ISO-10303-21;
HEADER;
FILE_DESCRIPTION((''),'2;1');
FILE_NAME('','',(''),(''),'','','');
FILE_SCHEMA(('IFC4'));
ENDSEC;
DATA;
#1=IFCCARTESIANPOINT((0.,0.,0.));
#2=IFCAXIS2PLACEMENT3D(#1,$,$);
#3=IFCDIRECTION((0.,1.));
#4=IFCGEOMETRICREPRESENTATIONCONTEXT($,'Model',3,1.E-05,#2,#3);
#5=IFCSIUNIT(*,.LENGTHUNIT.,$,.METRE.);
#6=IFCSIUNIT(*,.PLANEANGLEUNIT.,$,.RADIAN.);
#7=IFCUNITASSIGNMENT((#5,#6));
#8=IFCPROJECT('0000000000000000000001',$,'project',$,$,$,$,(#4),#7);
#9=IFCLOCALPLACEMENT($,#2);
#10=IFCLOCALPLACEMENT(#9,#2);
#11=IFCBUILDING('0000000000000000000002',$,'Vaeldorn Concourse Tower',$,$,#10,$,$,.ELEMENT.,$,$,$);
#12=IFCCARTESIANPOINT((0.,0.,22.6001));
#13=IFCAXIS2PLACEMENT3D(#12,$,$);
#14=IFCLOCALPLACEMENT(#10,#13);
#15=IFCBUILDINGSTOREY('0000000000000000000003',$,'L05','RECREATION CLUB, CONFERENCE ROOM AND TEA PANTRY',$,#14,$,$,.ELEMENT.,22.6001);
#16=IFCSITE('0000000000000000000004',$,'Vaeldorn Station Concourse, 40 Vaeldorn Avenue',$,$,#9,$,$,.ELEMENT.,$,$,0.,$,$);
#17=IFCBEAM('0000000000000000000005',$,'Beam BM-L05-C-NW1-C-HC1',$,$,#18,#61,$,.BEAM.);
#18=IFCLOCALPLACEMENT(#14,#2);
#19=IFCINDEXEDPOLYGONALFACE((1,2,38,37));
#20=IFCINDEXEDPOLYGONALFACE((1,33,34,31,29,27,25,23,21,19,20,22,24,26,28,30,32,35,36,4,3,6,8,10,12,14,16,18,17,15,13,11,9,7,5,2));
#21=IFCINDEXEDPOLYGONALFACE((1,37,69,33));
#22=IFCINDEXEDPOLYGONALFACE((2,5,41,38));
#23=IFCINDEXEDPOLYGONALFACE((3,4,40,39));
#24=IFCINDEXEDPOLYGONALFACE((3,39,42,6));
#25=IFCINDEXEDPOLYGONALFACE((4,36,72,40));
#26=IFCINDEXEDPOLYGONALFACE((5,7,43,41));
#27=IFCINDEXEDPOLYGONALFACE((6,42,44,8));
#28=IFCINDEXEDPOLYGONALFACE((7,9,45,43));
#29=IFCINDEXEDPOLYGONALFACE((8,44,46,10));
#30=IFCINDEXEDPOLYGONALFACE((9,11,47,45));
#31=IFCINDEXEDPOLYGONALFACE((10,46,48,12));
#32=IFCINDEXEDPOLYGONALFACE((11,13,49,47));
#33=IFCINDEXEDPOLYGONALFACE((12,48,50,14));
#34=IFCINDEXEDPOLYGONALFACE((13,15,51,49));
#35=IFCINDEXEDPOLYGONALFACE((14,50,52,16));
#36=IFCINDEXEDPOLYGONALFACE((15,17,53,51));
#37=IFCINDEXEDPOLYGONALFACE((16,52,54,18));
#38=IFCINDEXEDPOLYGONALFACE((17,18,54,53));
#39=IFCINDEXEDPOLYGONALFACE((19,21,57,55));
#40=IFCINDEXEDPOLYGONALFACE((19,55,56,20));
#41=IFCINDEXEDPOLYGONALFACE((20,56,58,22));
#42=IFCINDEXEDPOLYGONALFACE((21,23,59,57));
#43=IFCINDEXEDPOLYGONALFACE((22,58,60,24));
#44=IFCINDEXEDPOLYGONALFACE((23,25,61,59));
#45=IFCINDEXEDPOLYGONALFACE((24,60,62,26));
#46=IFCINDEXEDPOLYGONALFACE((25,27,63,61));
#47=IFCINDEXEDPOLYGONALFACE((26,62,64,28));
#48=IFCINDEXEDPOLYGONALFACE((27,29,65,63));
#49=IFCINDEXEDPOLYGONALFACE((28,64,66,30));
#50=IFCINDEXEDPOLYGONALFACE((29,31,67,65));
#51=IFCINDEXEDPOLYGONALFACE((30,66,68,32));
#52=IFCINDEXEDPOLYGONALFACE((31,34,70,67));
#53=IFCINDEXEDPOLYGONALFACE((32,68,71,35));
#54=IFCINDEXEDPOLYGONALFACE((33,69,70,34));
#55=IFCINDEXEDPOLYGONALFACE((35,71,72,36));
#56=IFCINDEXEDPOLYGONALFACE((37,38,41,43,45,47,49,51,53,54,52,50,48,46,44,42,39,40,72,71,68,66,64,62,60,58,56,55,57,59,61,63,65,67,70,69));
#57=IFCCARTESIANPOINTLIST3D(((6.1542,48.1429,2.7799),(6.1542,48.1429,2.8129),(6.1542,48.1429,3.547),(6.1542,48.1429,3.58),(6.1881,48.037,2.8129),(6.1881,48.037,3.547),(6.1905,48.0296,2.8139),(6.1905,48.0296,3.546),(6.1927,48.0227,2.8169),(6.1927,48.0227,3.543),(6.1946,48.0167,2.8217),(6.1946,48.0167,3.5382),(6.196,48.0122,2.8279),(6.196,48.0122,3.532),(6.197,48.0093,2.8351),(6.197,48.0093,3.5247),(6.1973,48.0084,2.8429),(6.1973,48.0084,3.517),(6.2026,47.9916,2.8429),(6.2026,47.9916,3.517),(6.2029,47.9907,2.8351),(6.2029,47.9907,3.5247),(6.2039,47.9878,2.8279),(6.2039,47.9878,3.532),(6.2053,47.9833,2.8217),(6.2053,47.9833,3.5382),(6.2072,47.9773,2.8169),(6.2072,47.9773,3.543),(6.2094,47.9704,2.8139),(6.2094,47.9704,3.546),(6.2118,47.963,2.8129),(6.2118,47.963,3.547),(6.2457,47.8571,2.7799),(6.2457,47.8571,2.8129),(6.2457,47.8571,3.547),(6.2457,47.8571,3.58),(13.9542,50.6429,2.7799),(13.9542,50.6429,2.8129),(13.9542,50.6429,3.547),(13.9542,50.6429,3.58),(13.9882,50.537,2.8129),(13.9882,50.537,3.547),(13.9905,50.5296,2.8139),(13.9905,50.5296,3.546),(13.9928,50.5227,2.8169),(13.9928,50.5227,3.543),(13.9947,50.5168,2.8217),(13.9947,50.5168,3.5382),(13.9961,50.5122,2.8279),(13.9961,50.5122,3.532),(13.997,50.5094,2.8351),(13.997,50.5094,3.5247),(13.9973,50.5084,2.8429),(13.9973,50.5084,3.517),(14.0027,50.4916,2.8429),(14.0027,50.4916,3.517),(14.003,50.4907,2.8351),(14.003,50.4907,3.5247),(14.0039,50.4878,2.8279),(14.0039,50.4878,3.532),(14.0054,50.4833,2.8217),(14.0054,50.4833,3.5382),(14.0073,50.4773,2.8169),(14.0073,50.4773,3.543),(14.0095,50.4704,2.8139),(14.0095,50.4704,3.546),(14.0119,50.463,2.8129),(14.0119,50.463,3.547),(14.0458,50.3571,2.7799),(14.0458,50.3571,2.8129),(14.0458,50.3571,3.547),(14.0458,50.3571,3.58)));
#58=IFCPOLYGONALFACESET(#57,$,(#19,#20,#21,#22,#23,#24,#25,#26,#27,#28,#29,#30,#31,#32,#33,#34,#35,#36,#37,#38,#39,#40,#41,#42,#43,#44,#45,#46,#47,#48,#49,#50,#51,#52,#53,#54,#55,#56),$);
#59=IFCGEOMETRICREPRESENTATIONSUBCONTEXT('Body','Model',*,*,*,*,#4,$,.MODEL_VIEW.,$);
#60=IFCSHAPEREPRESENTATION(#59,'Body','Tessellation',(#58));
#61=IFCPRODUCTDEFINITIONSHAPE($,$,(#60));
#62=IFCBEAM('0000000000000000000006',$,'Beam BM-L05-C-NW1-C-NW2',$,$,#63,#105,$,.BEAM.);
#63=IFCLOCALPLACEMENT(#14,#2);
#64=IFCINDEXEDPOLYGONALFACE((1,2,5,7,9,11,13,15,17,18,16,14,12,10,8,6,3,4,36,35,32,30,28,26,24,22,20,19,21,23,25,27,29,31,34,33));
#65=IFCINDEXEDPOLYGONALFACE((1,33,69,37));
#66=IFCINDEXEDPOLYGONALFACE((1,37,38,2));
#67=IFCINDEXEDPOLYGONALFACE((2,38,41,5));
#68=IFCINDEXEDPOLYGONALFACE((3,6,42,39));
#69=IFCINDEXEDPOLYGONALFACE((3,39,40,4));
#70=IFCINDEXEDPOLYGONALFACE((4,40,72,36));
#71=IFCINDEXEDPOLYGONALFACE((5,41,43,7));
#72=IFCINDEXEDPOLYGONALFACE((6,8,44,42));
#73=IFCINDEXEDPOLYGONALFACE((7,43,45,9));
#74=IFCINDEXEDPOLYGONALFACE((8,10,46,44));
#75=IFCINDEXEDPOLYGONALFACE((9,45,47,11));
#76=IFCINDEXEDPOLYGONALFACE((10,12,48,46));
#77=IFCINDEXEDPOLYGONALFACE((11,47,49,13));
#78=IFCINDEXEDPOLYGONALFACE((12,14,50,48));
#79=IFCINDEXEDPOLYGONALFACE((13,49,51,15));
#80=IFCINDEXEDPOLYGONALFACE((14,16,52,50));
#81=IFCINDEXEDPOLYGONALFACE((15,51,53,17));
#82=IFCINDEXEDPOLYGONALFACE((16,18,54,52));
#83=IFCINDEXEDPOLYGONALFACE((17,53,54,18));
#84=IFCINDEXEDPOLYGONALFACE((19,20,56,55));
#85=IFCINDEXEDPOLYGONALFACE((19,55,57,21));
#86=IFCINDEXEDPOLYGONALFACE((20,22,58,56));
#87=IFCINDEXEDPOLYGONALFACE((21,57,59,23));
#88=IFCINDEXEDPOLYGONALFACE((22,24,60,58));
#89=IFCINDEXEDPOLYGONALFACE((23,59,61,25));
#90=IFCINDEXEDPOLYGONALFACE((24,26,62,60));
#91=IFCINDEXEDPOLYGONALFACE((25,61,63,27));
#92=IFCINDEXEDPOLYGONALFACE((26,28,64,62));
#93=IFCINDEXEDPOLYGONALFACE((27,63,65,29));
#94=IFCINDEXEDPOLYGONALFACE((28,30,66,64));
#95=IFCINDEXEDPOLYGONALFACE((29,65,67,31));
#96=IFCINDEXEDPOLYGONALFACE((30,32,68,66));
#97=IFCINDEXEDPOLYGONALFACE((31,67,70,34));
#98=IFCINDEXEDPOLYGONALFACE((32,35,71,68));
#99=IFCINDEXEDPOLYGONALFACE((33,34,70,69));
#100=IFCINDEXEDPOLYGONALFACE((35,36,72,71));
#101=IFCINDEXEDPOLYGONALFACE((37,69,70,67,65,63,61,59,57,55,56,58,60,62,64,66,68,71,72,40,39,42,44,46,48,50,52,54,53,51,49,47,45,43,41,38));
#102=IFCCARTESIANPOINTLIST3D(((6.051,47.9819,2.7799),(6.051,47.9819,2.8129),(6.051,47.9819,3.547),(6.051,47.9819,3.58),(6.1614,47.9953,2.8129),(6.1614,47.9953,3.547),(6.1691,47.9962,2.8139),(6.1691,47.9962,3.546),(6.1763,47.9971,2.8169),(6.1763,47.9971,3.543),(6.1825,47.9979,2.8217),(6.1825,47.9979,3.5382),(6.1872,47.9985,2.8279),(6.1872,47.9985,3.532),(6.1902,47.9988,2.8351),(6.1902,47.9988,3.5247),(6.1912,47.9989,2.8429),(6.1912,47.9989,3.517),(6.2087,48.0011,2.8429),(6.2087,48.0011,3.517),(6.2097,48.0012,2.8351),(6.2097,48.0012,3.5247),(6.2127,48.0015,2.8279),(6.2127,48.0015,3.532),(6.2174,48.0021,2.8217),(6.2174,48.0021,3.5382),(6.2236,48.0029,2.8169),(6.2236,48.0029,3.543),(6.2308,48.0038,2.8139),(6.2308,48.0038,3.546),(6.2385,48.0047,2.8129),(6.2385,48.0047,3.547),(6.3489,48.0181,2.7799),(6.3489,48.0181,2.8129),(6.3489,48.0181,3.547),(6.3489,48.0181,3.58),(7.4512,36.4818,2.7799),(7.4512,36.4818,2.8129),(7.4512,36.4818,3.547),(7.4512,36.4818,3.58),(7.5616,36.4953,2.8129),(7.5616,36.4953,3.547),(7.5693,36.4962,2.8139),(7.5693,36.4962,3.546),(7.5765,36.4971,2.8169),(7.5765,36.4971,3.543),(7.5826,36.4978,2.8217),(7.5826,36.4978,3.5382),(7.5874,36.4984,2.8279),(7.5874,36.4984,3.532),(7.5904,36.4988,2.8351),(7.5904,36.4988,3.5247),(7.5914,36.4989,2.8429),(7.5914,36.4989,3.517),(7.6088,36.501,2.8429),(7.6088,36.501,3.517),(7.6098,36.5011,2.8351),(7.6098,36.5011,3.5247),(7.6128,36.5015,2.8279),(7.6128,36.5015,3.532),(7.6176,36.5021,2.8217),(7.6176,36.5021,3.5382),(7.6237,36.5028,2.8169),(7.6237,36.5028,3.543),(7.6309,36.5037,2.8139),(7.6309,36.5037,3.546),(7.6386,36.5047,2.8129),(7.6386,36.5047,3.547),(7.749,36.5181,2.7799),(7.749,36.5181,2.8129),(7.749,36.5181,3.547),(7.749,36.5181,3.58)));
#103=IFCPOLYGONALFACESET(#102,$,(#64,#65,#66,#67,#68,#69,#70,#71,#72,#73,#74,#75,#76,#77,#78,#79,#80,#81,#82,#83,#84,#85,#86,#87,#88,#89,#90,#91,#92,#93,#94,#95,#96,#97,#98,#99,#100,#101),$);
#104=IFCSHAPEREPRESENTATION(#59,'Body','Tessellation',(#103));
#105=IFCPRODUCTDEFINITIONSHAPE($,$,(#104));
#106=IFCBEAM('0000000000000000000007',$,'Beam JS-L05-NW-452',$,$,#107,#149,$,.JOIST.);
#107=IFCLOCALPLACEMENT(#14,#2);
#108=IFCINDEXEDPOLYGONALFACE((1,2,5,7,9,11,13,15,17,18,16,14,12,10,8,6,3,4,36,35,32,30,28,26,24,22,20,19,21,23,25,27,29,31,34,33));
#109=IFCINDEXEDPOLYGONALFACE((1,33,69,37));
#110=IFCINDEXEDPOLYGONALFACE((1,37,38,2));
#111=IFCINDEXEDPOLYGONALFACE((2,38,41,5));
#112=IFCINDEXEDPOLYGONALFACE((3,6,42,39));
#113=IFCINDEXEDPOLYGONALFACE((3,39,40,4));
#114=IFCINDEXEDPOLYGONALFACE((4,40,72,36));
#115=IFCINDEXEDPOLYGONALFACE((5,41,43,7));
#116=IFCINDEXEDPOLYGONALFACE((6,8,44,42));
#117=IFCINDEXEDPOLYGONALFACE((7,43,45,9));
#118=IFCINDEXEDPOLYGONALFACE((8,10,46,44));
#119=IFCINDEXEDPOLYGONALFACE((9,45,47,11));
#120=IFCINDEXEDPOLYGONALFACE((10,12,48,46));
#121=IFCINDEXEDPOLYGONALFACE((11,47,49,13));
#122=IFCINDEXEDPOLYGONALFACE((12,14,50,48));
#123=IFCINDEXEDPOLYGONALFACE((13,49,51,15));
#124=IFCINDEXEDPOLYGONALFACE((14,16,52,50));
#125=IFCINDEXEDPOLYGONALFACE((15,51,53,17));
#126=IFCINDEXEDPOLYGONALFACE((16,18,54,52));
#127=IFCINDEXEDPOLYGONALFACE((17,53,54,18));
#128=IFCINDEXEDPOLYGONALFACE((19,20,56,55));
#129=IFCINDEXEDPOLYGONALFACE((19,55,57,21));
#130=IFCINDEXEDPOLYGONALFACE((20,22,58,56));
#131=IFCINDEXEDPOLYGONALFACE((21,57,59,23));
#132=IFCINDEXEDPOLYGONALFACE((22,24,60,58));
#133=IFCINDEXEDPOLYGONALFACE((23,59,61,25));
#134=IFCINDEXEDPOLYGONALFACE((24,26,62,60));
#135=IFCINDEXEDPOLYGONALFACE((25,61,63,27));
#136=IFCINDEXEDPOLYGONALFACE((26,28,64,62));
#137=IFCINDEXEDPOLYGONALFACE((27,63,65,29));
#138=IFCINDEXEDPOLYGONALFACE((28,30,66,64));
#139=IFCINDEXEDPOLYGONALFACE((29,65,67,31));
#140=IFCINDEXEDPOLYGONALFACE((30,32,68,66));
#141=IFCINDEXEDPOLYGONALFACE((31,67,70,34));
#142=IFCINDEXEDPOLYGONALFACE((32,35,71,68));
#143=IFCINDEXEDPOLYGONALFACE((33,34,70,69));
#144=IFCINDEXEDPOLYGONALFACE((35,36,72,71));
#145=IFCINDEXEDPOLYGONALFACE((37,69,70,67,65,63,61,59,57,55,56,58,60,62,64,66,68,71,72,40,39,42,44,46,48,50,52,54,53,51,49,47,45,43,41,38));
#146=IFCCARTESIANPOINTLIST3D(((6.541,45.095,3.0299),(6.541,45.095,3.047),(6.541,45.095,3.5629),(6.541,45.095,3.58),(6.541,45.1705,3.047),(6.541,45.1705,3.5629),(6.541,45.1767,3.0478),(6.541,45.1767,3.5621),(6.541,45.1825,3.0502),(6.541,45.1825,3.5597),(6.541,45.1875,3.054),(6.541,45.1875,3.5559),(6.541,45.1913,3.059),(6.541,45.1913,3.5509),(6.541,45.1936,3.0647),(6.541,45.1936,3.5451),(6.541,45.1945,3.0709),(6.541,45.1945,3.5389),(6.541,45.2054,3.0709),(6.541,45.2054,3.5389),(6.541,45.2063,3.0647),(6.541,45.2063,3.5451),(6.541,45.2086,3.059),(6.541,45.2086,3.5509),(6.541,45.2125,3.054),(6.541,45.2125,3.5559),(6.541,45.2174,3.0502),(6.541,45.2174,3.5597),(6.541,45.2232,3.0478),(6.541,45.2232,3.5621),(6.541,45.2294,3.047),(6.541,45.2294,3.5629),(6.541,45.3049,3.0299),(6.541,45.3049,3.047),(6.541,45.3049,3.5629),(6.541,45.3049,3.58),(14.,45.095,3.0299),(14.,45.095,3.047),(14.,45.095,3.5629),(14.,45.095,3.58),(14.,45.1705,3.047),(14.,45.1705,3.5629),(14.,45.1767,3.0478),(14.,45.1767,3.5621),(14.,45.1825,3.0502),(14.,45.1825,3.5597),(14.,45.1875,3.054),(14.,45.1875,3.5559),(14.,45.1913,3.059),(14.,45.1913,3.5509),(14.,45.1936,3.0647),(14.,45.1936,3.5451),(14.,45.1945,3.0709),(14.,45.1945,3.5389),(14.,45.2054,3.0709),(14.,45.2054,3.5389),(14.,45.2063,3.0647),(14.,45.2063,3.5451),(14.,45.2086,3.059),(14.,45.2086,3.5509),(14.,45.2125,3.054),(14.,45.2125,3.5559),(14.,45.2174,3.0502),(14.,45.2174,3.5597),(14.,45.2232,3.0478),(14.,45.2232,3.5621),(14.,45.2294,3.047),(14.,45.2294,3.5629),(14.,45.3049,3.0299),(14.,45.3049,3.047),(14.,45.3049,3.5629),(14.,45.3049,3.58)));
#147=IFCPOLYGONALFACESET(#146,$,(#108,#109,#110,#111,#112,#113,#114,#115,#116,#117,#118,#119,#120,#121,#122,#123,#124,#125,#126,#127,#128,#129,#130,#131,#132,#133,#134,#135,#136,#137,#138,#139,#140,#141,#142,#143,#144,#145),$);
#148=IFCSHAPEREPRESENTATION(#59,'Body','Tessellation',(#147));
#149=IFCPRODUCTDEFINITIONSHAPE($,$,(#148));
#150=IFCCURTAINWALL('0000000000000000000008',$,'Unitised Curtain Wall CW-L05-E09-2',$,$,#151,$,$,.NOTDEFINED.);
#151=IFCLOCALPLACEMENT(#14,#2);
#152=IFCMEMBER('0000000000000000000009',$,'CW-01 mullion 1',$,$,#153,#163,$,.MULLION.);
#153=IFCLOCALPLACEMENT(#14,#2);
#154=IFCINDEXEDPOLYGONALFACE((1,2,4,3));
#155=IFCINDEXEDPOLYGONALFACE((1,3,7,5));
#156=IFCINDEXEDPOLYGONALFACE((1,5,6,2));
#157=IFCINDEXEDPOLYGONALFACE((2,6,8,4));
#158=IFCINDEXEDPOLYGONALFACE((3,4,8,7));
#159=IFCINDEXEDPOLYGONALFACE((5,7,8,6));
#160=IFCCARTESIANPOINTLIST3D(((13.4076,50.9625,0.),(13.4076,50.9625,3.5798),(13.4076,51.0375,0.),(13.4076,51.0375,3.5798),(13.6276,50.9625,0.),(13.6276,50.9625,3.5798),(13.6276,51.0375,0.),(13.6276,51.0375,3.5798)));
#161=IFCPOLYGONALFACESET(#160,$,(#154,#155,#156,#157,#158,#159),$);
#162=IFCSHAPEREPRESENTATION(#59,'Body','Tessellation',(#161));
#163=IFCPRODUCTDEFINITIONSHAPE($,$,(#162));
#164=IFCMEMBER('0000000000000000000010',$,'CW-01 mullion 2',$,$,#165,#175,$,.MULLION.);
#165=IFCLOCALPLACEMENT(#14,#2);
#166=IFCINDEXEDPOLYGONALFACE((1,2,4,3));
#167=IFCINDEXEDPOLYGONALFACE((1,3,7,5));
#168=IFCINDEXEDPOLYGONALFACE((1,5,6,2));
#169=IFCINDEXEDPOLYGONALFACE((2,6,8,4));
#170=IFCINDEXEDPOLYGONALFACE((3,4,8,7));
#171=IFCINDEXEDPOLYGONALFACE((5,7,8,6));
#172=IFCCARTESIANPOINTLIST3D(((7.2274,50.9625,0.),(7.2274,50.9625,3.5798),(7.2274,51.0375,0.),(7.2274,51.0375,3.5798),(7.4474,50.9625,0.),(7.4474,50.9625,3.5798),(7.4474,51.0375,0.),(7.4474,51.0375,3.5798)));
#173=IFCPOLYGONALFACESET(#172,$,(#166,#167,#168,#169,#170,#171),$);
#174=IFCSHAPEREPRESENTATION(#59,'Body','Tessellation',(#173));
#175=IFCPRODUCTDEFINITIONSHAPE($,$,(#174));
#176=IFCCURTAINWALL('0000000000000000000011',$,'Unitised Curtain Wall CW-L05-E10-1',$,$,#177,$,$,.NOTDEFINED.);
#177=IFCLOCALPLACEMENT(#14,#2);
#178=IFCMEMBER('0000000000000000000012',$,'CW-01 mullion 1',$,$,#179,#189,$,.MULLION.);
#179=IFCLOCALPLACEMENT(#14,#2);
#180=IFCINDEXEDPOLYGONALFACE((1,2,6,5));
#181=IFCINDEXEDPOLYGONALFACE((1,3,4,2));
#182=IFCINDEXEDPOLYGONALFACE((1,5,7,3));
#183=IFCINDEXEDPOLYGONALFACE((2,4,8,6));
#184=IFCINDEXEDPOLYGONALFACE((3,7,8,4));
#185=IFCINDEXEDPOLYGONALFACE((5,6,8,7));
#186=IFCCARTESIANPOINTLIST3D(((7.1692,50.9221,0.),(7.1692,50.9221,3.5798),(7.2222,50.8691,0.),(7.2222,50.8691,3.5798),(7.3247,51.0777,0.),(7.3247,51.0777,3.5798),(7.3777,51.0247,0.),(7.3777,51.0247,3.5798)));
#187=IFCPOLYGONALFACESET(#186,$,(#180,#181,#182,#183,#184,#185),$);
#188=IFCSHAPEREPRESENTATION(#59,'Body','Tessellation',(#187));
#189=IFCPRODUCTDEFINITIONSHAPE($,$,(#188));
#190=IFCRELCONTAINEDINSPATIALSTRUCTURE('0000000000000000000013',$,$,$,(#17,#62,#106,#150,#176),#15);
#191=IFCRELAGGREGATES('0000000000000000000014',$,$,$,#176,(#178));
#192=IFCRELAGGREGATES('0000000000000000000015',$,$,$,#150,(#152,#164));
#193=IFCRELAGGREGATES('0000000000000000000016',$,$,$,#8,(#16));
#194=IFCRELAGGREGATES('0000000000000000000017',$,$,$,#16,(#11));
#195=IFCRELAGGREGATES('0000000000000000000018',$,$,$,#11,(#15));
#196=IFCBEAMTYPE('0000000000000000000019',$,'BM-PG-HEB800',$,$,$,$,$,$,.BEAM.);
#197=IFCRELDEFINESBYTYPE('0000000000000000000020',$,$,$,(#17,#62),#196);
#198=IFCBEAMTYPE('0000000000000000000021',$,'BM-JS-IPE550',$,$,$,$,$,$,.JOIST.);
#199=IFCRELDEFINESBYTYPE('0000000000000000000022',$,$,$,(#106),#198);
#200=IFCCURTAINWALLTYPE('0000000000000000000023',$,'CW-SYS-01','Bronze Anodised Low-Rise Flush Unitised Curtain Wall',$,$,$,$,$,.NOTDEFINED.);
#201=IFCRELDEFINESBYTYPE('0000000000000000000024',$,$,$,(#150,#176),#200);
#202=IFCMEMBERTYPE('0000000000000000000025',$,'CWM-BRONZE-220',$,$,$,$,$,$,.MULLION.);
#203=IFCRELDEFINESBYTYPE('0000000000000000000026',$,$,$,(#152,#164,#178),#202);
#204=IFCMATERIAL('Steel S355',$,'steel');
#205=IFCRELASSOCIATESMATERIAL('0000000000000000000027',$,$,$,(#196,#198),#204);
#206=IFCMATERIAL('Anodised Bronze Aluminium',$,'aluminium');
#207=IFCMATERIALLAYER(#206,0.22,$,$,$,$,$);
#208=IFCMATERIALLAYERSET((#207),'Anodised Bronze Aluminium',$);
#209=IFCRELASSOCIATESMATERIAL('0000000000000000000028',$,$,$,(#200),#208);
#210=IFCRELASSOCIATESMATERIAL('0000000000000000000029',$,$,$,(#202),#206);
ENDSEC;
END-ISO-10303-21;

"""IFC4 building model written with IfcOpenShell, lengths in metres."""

from ifc_helpers import new_model, si_unit, direction, frame, origin, origin_2d, place, context, subcontext, project, spatial, rectangle, i_section, extrude, source, transform, mapped, material, layer, layer_set, material_profile, profile_set, type_object, element, aggregate, save


model = new_model("IFC4")

# Units and contexts
model_context = context("Model", 3, precision=1e-05, world=origin(), true_north=direction((0.0, 1.0)))
body_context = subcontext(model_context, "Body", "Model", "MODEL_VIEW")
ifc_project = project(units=[si_unit("LENGTHUNIT", "METRE"), si_unit("PLANEANGLEUNIT", "RADIAN")], contexts=[model_context])

# Site, building, storey
site_placement = place(None, origin())
site = spatial("IfcSite", under=ifc_project, at=site_placement, Name="Vaeldorn Station Concourse, 40 Vaeldorn Avenue", CompositionType="ELEMENT", RefElevation=0.0)
building_placement = place(site_placement, origin())
building = spatial("IfcBuilding", under=site, at=building_placement, Name="Vaeldorn Concourse Tower", CompositionType="ELEMENT")
storey_placement = place(building_placement, frame((0.0, 0.0, 22.6001)))
storey = spatial("IfcBuildingStorey", under=building, at=storey_placement, Name="L05", Description="RECREATION CLUB, CONFERENCE ROOM AND TEA PANTRY", CompositionType="ELEMENT", Elevation=22.6001)

# Beams
ifc_material_1 = material(Name="Steel S355", Category="steel")
ifc_material_profile_1 = material_profile(ifc_material_1, i_section(OverallWidth=0.3, OverallDepth=0.8, WebThickness=0.0176, FlangeThickness=0.033, FilletRadius=0.03, at=origin_2d()), Name="HEB 800")
ifc_profile_set_1 = profile_set([ifc_material_profile_1], Name="Steel S355")
beam_type_1 = type_object("IfcBeamType", Name="BM-PG-HEB800", PredefinedType="BEAM", material=ifc_profile_set_1)
shared_shape_1 = source(origin(), body_context, "Body", "SweptSolid", [
    extrude(i_section(OverallWidth=0.3, OverallDepth=0.8, WebThickness=0.0176, FlangeThickness=0.033, FilletRadius=0.03, at=origin_2d()), origin(), (0.0, 0.0, 1.0), 8.1909),
])
beam_1_placement = place(storey_placement, frame((6.2, 48.0, 3.1799), z_axis=(0.952283, 0.305217, 0.0), x_axis=(-0.305217, 0.952283, 0.0)))
element("IfcBeam", 1, at=beam_1_placement, inside=storey, type_object=beam_type_1, Name="Beam BM-L05-C-NW1-C-HC1", PredefinedType="BEAM", context=body_context, shape_type="MappedRepresentation", body=[
    mapped(shared_shape_1, transform((0.0, 0.0, 0.0), scale=1.0)),
])
shared_shape_2 = source(origin(), body_context, "Body", "SweptSolid", [
    extrude(i_section(OverallWidth=0.3, OverallDepth=0.8, WebThickness=0.0176, FlangeThickness=0.033, FilletRadius=0.03, at=origin_2d()), origin(), (0.0, 0.0, 1.0), 11.585),
])
beam_2_placement = place(storey_placement, frame((6.2, 48.0, 3.1799), z_axis=(0.120859, -0.99267, 0.0), x_axis=(0.99267, 0.120859, 0.0)))
element("IfcBeam", 2, at=beam_2_placement, inside=storey, type_object=beam_type_1, Name="Beam BM-L05-C-NW1-C-NW2", PredefinedType="BEAM", context=body_context, shape_type="MappedRepresentation", body=[
    mapped(shared_shape_2, transform((0.0, 0.0, 0.0), scale=1.0)),
])
ifc_material_profile_2 = material_profile(ifc_material_1, i_section(OverallWidth=0.21, OverallDepth=0.55, WebThickness=0.011, FlangeThickness=0.0171, FilletRadius=0.0239, at=origin_2d()), Name="IPE 550")
ifc_profile_set_2 = profile_set([ifc_material_profile_2], Name="Steel S355")
beam_type_2 = type_object("IfcBeamType", Name="BM-JS-IPE550", PredefinedType="JOIST", material=ifc_profile_set_2)
shared_shape_3 = source(origin(), body_context, "Body", "SweptSolid", [
    extrude(i_section(OverallWidth=0.21, OverallDepth=0.55, WebThickness=0.011, FlangeThickness=0.0171, FilletRadius=0.0239, at=origin_2d()), origin(), (0.0, 0.0, 1.0), 7.459),
])
beam_3_placement = place(storey_placement, frame((6.541, 45.2, 3.3049), z_axis=(1.0, 0.0, 0.0), x_axis=(0.0, 1.0, 0.0)))
element("IfcBeam", 3, at=beam_3_placement, inside=storey, type_object=beam_type_2, Name="Beam JS-L05-NW-452", PredefinedType="JOIST", context=body_context, shape_type="MappedRepresentation", body=[
    mapped(shared_shape_3, transform((0.0, 0.0, 0.0), scale=1.0)),
])

# Curtain walls, members
ifc_material_2 = material(Name="Anodised Bronze Aluminium", Category="aluminium")
ifc_layer_1 = layer(ifc_material_2, 0.22)
ifc_layer_set_1 = layer_set([ifc_layer_1], Name="Anodised Bronze Aluminium")
curtain_wall_type = type_object("IfcCurtainWallType", Name="CW-SYS-01", Description="Bronze Anodised Low-Rise Flush Unitised Curtain Wall", PredefinedType="NOTDEFINED", material=ifc_layer_set_1)
curtain_wall_1_placement = place(storey_placement, origin())
curtain_wall_1 = element("IfcCurtainWall", 4, at=curtain_wall_1_placement, inside=storey, type_object=curtain_wall_type, Name="Unitised Curtain Wall CW-L05-E09-2", PredefinedType="NOTDEFINED")
ifc_material_profile_3 = material_profile(ifc_material_2, rectangle(XDim=0.075, YDim=0.22, at=origin_2d()), Name="CWM 75x220")
ifc_profile_set_3 = profile_set([ifc_material_profile_3], Name="Anodised Bronze Aluminium")
member_type_1 = type_object("IfcMemberType", Name="CWM-BRONZE-220", PredefinedType="MULLION", material=ifc_profile_set_3)
shared_shape_4 = source(origin(), body_context, "Body", "SweptSolid", [
    extrude(rectangle(XDim=0.075, YDim=0.22, at=origin_2d()), origin(), (0.0, 0.0, 1.0), 3.5798),
])
member_1_placement = place(storey_placement, frame((13.5176, 51.0, 0.0), z_axis=(0.0, 0.0, 1.0), x_axis=(0.0, -1.0, 0.0)))
member_1 = element("IfcMember", 5, at=member_1_placement, type_object=member_type_1, Name="CW-01 mullion 1", PredefinedType="MULLION", context=body_context, shape_type="MappedRepresentation", body=[
    mapped(shared_shape_4, transform((0.0, 0.0, 0.0), scale=1.0)),
])
member_2_placement = place(storey_placement, frame((7.3374, 51.0, 0.0), z_axis=(0.0, 0.0, 1.0), x_axis=(0.0, -1.0, 0.0)))
member_2 = element("IfcMember", 6, at=member_2_placement, type_object=member_type_1, Name="CW-01 mullion 2", PredefinedType="MULLION", context=body_context, shape_type="MappedRepresentation", body=[
    mapped(shared_shape_4, transform((0.0, 0.0, 0.0), scale=1.0)),
])
curtain_wall_2_placement = place(storey_placement, origin())
curtain_wall_2 = element("IfcCurtainWall", 7, at=curtain_wall_2_placement, inside=storey, type_object=curtain_wall_type, Name="Unitised Curtain Wall CW-L05-E10-1", PredefinedType="NOTDEFINED")
member_3_placement = place(storey_placement, frame((7.2734, 50.9734, 0.0), z_axis=(0.0, 0.0, 1.0), x_axis=(0.707107, -0.707107, 0.0)))
member_3 = element("IfcMember", 8, at=member_3_placement, type_object=member_type_1, Name="CW-01 mullion 1", PredefinedType="MULLION", context=body_context, shape_type="MappedRepresentation", body=[
    mapped(shared_shape_4, transform((0.0, 0.0, 0.0), scale=1.0)),
])

aggregate(curtain_wall_2, [member_3])
aggregate(curtain_wall_1, [member_1, member_2])

save(model, "model.ifc")
